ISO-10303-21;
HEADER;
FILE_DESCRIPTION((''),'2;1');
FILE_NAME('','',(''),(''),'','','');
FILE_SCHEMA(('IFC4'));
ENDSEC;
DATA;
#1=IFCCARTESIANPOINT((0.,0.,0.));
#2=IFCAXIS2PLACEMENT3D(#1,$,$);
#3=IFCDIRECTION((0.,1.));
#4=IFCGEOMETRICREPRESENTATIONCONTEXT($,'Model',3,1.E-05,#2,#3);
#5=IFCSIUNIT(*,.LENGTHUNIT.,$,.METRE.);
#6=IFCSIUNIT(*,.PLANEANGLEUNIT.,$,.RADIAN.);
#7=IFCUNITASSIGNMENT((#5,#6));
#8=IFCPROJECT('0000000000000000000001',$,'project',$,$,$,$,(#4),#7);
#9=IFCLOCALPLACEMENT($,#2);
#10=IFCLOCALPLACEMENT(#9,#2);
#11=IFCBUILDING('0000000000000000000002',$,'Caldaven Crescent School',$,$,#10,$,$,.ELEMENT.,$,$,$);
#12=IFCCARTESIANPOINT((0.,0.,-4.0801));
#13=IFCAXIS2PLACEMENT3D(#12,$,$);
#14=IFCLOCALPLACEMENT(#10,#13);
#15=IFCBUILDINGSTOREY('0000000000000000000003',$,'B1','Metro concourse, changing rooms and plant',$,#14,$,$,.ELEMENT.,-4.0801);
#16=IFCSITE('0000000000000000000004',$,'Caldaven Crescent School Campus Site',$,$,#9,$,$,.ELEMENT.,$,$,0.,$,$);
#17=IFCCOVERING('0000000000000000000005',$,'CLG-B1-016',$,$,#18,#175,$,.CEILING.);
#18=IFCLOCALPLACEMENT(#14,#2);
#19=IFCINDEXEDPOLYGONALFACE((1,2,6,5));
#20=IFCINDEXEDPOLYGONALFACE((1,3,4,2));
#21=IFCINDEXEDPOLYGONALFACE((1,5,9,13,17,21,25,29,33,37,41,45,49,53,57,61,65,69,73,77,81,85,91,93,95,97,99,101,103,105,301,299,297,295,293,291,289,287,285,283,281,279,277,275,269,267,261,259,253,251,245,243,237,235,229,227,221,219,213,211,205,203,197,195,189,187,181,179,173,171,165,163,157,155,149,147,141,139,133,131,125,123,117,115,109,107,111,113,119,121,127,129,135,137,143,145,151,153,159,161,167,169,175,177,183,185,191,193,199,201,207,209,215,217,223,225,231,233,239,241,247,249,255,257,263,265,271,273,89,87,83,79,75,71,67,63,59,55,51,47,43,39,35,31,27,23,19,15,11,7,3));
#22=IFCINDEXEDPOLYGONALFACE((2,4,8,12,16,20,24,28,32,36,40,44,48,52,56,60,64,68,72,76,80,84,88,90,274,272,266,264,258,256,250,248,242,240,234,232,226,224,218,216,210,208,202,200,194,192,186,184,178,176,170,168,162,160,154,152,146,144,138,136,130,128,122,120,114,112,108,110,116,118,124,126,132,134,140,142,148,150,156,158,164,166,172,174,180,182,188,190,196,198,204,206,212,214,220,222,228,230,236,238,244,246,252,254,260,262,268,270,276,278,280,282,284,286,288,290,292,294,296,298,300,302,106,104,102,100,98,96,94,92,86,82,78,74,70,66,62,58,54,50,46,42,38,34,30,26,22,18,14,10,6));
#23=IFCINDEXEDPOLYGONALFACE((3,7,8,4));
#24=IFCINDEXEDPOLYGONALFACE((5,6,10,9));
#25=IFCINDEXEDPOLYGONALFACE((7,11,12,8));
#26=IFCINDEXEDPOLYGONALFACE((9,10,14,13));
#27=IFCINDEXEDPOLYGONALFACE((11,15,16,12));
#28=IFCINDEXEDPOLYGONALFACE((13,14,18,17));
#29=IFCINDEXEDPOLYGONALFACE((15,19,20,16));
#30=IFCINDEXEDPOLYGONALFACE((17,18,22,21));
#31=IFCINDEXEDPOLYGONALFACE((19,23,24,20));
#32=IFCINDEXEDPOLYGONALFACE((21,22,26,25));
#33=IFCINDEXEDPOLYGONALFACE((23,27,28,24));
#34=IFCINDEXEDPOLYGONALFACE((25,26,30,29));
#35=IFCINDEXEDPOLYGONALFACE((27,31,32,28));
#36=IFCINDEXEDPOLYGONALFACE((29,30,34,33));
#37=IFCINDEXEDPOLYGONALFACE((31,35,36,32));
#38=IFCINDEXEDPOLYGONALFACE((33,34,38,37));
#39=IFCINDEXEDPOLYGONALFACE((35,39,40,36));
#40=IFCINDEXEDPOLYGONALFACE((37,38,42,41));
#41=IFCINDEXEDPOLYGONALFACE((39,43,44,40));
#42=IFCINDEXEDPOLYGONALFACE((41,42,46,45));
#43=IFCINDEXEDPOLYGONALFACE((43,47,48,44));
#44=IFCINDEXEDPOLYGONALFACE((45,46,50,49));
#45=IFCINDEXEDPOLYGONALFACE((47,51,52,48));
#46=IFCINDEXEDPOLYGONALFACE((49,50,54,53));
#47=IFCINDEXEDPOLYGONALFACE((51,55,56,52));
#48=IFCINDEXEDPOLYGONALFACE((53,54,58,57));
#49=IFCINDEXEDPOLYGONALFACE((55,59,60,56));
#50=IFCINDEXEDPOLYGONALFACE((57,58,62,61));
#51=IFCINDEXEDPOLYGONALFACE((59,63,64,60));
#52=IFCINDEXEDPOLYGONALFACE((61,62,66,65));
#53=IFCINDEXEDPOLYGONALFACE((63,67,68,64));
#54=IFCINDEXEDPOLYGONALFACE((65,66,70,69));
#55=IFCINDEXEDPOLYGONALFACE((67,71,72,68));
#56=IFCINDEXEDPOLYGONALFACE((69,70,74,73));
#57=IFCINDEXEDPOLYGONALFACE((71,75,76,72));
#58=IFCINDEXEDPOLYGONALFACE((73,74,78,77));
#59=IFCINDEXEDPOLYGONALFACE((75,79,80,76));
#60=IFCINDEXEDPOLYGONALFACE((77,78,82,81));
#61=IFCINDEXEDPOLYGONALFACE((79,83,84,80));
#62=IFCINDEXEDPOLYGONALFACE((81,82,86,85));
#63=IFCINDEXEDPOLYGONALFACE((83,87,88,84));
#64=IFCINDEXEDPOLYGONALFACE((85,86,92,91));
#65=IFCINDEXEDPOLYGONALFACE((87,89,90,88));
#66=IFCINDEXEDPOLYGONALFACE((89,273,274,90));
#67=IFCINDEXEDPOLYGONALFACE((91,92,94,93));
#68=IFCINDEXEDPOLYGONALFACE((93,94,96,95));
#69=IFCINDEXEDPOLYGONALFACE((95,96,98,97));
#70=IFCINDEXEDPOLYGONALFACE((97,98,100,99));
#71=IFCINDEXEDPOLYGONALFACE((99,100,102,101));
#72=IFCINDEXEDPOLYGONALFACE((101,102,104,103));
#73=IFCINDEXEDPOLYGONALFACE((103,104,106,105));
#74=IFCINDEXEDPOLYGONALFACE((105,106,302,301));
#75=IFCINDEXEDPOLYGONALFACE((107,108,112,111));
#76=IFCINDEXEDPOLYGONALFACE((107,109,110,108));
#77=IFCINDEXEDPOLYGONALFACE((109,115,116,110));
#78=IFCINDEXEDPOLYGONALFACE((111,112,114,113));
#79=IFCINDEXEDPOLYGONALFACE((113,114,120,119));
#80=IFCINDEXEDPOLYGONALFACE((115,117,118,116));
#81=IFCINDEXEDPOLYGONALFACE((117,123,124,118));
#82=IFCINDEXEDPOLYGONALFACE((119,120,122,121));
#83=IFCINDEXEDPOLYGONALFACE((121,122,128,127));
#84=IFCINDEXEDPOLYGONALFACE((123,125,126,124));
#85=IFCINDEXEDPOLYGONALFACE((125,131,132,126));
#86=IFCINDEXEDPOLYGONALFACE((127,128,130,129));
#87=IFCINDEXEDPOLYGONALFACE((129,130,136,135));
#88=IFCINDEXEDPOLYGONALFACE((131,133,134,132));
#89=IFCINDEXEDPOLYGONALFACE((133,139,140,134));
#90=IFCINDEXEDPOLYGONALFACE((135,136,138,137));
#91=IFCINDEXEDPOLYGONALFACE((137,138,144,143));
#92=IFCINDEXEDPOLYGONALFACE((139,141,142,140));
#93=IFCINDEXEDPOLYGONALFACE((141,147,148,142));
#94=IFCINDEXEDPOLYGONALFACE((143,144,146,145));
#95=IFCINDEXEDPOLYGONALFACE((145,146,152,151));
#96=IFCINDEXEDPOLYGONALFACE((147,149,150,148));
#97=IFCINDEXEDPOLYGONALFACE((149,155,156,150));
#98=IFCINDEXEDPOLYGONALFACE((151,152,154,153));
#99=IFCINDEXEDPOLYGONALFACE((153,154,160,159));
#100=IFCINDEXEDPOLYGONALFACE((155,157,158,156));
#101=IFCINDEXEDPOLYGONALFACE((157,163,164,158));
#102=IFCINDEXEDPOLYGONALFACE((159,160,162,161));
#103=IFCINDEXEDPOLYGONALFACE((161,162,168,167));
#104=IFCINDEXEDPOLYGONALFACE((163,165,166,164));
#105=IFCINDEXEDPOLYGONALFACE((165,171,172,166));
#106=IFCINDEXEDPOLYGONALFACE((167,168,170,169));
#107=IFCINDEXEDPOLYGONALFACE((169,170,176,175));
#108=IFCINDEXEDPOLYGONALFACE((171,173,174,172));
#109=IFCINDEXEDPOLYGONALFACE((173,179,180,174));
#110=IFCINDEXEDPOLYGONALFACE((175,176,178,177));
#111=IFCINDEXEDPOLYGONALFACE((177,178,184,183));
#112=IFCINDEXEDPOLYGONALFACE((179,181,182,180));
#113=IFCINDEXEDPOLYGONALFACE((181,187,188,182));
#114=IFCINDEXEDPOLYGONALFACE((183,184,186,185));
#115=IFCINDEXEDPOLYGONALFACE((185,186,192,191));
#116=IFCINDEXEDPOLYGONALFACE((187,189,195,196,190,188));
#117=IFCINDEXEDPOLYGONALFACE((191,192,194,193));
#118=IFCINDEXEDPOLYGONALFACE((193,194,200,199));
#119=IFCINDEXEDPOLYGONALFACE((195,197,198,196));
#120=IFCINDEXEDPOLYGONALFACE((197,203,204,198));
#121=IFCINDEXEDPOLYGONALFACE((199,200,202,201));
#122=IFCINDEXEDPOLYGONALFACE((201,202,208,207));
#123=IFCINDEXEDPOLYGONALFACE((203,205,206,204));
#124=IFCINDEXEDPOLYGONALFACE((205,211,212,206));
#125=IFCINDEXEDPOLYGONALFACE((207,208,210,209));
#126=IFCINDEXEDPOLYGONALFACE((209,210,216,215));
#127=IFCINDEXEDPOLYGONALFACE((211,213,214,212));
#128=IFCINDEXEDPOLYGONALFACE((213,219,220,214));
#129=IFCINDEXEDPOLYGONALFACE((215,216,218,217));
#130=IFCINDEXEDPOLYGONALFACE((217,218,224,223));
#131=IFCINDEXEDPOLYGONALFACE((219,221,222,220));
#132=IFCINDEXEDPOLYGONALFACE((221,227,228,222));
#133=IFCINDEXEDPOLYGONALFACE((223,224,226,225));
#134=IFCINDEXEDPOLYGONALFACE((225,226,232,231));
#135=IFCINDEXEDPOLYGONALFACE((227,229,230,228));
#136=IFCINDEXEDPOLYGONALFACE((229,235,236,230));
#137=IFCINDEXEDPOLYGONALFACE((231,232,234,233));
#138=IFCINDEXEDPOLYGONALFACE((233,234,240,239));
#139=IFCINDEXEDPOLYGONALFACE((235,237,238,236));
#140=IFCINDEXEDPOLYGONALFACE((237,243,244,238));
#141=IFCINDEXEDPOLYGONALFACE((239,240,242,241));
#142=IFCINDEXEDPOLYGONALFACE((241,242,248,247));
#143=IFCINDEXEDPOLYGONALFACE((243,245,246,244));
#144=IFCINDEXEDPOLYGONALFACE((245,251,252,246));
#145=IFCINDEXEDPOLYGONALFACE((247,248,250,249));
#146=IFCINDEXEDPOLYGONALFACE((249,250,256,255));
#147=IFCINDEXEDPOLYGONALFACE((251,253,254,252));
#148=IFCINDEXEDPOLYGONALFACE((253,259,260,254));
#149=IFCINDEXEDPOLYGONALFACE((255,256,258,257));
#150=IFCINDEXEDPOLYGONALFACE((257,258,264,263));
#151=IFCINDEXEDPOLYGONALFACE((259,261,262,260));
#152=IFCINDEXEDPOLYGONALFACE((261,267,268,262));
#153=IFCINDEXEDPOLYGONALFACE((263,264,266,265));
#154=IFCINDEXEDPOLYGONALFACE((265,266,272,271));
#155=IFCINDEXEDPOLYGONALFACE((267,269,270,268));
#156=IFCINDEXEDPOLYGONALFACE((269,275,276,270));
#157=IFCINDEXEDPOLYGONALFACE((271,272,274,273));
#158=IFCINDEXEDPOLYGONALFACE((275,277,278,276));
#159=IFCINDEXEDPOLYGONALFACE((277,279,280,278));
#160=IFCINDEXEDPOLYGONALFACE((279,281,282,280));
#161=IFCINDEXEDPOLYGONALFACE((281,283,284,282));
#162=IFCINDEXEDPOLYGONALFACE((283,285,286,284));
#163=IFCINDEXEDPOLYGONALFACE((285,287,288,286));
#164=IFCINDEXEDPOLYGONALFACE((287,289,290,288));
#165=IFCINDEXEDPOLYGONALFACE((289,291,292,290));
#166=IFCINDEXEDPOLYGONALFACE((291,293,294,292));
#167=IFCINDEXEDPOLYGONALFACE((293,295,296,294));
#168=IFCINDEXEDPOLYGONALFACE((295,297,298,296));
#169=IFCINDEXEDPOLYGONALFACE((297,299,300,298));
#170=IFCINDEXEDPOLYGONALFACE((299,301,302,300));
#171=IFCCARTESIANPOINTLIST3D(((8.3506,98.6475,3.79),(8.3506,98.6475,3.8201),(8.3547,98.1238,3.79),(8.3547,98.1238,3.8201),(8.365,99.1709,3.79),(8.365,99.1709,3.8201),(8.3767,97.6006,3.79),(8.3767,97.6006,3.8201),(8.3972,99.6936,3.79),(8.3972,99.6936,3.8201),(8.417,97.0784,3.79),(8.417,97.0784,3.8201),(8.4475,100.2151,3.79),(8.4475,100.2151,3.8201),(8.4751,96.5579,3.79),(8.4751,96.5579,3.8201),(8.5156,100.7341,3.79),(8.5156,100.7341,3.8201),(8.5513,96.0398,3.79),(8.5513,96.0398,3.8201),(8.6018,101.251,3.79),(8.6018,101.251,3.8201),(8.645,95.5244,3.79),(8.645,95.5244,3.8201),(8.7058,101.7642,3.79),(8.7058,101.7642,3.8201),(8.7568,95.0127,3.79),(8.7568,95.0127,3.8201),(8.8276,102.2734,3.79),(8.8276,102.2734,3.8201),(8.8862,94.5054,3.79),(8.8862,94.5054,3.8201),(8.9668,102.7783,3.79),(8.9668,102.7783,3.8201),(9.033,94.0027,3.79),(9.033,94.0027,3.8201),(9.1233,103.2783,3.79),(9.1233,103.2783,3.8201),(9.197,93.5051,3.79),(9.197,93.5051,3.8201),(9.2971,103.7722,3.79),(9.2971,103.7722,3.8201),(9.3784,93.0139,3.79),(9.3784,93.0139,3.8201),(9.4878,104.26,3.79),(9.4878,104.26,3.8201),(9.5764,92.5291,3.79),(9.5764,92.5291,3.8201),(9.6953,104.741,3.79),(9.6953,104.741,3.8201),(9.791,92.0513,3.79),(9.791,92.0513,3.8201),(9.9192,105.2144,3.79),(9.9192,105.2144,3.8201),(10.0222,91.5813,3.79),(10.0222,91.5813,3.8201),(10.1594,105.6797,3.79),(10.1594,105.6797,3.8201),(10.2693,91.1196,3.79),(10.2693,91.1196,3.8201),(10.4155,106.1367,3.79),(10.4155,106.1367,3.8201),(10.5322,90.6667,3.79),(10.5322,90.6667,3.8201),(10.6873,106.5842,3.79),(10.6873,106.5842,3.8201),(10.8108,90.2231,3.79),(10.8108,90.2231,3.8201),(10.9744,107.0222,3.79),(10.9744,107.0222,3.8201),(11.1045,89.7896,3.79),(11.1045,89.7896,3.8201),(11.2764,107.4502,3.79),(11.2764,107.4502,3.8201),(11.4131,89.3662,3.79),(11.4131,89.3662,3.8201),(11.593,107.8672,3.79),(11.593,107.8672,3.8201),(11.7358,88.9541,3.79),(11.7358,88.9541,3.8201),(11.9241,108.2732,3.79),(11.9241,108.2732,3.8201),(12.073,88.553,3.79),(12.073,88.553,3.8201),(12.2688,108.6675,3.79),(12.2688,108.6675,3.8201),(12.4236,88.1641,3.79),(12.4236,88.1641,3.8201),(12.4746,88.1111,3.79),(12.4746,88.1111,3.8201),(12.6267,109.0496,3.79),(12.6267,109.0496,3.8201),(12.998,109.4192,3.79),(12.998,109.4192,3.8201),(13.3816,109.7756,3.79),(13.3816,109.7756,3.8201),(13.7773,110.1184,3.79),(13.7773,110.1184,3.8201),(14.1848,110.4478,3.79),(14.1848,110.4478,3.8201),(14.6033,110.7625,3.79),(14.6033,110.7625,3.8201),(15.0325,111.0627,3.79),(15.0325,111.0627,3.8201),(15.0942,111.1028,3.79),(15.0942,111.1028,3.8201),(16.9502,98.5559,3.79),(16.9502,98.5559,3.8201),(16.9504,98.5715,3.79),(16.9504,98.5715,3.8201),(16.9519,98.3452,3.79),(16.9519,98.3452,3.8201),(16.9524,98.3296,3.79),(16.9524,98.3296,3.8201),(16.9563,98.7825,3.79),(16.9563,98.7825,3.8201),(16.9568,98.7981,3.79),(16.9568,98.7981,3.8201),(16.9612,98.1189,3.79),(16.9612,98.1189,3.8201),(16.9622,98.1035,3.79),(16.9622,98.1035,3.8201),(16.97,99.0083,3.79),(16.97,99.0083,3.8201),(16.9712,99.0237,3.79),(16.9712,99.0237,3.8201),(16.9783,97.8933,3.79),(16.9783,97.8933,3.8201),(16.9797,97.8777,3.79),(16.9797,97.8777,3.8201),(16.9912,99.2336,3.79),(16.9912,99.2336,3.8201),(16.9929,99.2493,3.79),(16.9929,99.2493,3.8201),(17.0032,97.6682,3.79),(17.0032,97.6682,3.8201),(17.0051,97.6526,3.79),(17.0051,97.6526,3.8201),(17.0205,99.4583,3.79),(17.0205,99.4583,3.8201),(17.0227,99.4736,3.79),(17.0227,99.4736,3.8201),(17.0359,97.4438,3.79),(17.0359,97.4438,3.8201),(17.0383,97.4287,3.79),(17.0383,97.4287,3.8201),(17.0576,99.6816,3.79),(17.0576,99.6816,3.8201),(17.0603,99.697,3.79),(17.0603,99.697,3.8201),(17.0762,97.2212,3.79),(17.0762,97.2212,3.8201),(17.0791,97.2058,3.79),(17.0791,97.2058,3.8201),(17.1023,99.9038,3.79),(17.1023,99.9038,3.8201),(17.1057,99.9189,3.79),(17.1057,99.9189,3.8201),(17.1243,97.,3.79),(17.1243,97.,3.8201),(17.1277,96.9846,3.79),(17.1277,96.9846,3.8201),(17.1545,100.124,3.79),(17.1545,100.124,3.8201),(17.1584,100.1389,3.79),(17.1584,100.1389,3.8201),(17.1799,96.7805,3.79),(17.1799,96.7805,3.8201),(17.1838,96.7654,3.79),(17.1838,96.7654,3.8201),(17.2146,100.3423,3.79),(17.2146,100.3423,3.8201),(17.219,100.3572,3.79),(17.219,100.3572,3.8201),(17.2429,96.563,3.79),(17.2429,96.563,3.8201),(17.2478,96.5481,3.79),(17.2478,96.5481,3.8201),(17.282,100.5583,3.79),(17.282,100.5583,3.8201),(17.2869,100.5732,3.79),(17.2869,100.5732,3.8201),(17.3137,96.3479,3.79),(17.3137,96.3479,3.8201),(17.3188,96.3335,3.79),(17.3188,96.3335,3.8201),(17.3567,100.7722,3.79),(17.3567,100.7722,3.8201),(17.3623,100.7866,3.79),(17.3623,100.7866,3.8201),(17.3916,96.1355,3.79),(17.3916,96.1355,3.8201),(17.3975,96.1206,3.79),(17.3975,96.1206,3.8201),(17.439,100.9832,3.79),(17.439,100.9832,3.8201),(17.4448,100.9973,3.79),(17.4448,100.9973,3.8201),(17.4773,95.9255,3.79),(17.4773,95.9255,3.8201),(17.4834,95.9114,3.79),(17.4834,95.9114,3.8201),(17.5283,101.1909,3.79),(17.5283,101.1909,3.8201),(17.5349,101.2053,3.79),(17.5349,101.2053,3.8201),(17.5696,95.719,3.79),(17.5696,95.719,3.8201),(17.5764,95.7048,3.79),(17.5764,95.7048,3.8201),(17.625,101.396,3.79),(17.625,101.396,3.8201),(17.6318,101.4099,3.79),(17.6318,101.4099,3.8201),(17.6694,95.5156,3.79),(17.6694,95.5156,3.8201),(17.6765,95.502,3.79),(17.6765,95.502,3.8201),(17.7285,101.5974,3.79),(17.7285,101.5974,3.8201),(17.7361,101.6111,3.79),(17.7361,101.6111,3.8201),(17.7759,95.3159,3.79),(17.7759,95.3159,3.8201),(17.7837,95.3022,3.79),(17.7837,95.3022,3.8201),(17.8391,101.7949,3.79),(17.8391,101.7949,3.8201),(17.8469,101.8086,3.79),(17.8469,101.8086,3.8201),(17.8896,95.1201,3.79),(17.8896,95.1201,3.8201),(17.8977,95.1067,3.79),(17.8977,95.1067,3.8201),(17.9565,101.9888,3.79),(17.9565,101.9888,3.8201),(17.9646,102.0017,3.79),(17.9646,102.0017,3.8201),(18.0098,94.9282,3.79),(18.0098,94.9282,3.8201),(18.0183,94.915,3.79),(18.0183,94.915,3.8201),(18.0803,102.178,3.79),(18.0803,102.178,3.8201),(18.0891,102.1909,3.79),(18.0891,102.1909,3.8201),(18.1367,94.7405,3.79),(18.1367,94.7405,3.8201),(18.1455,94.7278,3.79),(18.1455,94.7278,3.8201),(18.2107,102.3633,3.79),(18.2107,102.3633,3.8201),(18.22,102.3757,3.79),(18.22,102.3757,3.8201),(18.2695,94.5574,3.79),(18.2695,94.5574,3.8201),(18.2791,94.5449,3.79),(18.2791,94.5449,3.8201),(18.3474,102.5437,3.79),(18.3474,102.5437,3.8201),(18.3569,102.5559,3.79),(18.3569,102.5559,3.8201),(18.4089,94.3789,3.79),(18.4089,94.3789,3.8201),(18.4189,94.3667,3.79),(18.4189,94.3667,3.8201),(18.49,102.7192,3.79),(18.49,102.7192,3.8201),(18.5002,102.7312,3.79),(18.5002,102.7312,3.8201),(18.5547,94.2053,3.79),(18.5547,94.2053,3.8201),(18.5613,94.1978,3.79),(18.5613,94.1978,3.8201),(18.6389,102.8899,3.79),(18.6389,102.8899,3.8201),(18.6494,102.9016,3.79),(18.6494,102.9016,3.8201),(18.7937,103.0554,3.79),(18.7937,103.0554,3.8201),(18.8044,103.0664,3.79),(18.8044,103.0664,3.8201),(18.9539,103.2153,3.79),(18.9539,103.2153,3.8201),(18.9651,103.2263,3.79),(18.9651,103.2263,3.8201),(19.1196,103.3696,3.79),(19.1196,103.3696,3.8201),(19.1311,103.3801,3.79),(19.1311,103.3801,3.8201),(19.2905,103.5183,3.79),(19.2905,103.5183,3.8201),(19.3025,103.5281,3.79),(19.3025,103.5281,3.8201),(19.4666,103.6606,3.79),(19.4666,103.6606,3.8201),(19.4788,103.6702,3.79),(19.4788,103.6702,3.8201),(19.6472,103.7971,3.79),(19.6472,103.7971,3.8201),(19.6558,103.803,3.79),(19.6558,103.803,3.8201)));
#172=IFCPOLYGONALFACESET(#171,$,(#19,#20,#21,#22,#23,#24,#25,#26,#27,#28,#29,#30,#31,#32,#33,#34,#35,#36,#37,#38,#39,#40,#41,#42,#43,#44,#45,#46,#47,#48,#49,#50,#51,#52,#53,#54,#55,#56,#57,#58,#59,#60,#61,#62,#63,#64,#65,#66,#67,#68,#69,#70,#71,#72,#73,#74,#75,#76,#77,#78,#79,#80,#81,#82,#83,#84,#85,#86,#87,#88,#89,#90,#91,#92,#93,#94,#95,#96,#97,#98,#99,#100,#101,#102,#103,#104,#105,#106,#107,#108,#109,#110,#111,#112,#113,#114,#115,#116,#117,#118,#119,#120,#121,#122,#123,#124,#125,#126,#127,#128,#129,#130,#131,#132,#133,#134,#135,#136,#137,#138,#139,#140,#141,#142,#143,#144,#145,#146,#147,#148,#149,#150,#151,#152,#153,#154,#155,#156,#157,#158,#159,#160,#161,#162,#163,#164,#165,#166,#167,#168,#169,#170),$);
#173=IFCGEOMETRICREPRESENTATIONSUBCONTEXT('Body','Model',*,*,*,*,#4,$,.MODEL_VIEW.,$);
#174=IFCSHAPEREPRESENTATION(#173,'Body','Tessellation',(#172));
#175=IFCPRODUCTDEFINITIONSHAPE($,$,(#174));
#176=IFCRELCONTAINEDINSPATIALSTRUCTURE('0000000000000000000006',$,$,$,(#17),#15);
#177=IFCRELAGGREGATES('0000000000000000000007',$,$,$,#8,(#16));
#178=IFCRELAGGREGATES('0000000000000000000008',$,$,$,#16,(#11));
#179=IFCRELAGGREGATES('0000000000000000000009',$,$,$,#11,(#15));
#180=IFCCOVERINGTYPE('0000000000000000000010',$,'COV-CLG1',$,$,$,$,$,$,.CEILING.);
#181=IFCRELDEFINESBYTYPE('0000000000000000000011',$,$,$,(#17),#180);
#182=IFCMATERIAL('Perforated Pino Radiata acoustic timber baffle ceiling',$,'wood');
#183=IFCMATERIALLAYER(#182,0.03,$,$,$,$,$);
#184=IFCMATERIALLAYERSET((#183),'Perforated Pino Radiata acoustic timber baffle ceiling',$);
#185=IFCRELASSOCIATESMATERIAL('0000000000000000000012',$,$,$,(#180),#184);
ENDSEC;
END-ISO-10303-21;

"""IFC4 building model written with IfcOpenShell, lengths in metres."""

from ifc_helpers import new_model, si_unit, direction, frame, origin, place, context, subcontext, project, spatial, polyline, outline, extrude, material, layer, layer_set, type_object, element, save


model = new_model("IFC4")

# Units and contexts
model_context = context("Model", 3, precision=1e-05, world=origin(), true_north=direction((0.0, 1.0)))
body_context = subcontext(model_context, "Body", "Model", "MODEL_VIEW")
ifc_project = project(units=[si_unit("LENGTHUNIT", "METRE"), si_unit("PLANEANGLEUNIT", "RADIAN")], contexts=[model_context])

# Site, building, storey
site_placement = place(None, origin())
site = spatial("IfcSite", under=ifc_project, at=site_placement, Name="Caldaven Crescent School Campus Site", CompositionType="ELEMENT", RefElevation=0.0)
building_placement = place(site_placement, origin())
building = spatial("IfcBuilding", under=site, at=building_placement, Name="Caldaven Crescent School", CompositionType="ELEMENT")
storey_placement = place(building_placement, frame((0.0, 0.0, -4.0801)))
storey = spatial("IfcBuildingStorey", under=building, at=storey_placement, Name="B1", Description="Metro concourse, changing rooms and plant", CompositionType="ELEMENT", Elevation=-4.0801)

# Covering
ifc_material = material(Name="Perforated Pino Radiata acoustic timber baffle ceiling", Category="wood")
ifc_layer_1 = layer(ifc_material, 0.03)
ifc_layer_set_1 = layer_set([ifc_layer_1], Name="Perforated Pino Radiata acoustic timber baffle ceiling")
covering_type_1 = type_object("IfcCoveringType", Name="COV-CLG1", PredefinedType="CEILING", material=ifc_layer_set_1)
covering_1_placement = place(storey_placement, frame((0.0, 0.0, 3.79)))
element("IfcCovering", 1, at=covering_1_placement, inside=storey, type_object=covering_type_1, Name="CLG-B1-016", PredefinedType="CEILING", context=body_context, shape_type="SweptSolid", body=[
    extrude(outline(polyline([(12.4746, 88.1111), (12.4236, 88.1641), (12.073, 88.553), (11.7358, 88.9541), (11.4131, 89.3662), (11.1045, 89.7896), (10.8108, 90.2231), (10.5322, 90.6667), (10.2693, 91.1196), (10.0222, 91.5813), (9.791, 92.0513), (9.5764, 92.5291), (9.3784, 93.0139), (9.197, 93.5051), (9.033, 94.0027), (8.8862, 94.5054), (8.7568, 95.0127), (8.645, 95.5244), (8.5513, 96.0398), (8.4751, 96.5579), (8.417, 97.0784), (8.3767, 97.6006), (8.3547, 98.1238), (8.3506, 98.6475), (8.365, 99.1709), (8.3972, 99.6936), (8.4475, 100.2151), (8.5156, 100.7341), (8.6018, 101.251), (8.7058, 101.7642), (8.8276, 102.2734), (8.9668, 102.7783), (9.1233, 103.2783), (9.2971, 103.7722), (9.4878, 104.26), (9.6953, 104.741), (9.9192, 105.2144), (10.1594, 105.6797), (10.4155, 106.1367), (10.6873, 106.5842), (10.9744, 107.0222), (11.2764, 107.4502), (11.593, 107.8672), (11.9241, 108.2732), (12.2688, 108.6675), (12.6267, 109.0496), (12.998, 109.4192), (13.3816, 109.7756), (13.7773, 110.1184), (14.1848, 110.4478), (14.6033, 110.7625), (15.0325, 111.0627), (15.0942, 111.1028), (19.6558, 103.803), (19.6472, 103.7971), (19.4788, 103.6702), (19.4666, 103.6606), (19.3025, 103.5281), (19.2905, 103.5183), (19.1311, 103.3801), (19.1196, 103.3696), (18.9651, 103.2263), (18.9539, 103.2153), (18.8044, 103.0664), (18.7937, 103.0554), (18.6494, 102.9016), (18.6389, 102.8899), (18.5002, 102.7312), (18.49, 102.7192), (18.3569, 102.5559), (18.3474, 102.5437), (18.22, 102.3757), (18.2107, 102.3633), (18.0891, 102.1909), (18.0803, 102.178), (17.9646, 102.0017), (17.9565, 101.9888), (17.8469, 101.8086), (17.8391, 101.7949), (17.7361, 101.6111), (17.7285, 101.5974), (17.6318, 101.4099), (17.625, 101.396), (17.5349, 101.2053), (17.5283, 101.1909), (17.4448, 100.9973), (17.439, 100.9832), (17.3623, 100.7866), (17.3567, 100.7722), (17.2869, 100.5732), (17.282, 100.5583), (17.219, 100.3572), (17.2146, 100.3423), (17.1584, 100.1389), (17.1545, 100.124), (17.1057, 99.9189), (17.1023, 99.9038), (17.0603, 99.697), (17.0576, 99.6816), (17.0227, 99.4736), (17.0205, 99.4583), (16.9929, 99.2493), (16.9912, 99.2336), (16.9712, 99.0237), (16.97, 99.0083), (16.9568, 98.7981), (16.9563, 98.7825), (16.9504, 98.5715), (16.9502, 98.5559), (16.9519, 98.3452), (16.9524, 98.3296), (16.9612, 98.1189), (16.9622, 98.1035), (16.9783, 97.8933), (16.9797, 97.8777), (17.0032, 97.6682), (17.0051, 97.6526), (17.0359, 97.4438), (17.0383, 97.4287), (17.0762, 97.2212), (17.0791, 97.2058), (17.1243, 97.0), (17.1277, 96.9846), (17.1799, 96.7805), (17.1838, 96.7654), (17.2429, 96.563), (17.2478, 96.5481), (17.3137, 96.3479), (17.3188, 96.3335), (17.3916, 96.1355), (17.3975, 96.1206), (17.4773, 95.9255), (17.4834, 95.9114), (17.5696, 95.719), (17.5764, 95.7048), (17.6694, 95.5156), (17.6765, 95.502), (17.7759, 95.3159), (17.7837, 95.3022), (17.8896, 95.1201), (17.8977, 95.1067), (18.0098, 94.9282), (18.0183, 94.915), (18.1367, 94.7405), (18.1455, 94.7278), (18.2695, 94.5574), (18.2791, 94.5449), (18.4089, 94.3789), (18.4189, 94.3667), (18.5547, 94.2053), (18.5613, 94.1978), (12.4746, 88.1111)])), origin(), (0.0, 0.0, 1.0), 0.03),
])

save(model, "model.ifc")
